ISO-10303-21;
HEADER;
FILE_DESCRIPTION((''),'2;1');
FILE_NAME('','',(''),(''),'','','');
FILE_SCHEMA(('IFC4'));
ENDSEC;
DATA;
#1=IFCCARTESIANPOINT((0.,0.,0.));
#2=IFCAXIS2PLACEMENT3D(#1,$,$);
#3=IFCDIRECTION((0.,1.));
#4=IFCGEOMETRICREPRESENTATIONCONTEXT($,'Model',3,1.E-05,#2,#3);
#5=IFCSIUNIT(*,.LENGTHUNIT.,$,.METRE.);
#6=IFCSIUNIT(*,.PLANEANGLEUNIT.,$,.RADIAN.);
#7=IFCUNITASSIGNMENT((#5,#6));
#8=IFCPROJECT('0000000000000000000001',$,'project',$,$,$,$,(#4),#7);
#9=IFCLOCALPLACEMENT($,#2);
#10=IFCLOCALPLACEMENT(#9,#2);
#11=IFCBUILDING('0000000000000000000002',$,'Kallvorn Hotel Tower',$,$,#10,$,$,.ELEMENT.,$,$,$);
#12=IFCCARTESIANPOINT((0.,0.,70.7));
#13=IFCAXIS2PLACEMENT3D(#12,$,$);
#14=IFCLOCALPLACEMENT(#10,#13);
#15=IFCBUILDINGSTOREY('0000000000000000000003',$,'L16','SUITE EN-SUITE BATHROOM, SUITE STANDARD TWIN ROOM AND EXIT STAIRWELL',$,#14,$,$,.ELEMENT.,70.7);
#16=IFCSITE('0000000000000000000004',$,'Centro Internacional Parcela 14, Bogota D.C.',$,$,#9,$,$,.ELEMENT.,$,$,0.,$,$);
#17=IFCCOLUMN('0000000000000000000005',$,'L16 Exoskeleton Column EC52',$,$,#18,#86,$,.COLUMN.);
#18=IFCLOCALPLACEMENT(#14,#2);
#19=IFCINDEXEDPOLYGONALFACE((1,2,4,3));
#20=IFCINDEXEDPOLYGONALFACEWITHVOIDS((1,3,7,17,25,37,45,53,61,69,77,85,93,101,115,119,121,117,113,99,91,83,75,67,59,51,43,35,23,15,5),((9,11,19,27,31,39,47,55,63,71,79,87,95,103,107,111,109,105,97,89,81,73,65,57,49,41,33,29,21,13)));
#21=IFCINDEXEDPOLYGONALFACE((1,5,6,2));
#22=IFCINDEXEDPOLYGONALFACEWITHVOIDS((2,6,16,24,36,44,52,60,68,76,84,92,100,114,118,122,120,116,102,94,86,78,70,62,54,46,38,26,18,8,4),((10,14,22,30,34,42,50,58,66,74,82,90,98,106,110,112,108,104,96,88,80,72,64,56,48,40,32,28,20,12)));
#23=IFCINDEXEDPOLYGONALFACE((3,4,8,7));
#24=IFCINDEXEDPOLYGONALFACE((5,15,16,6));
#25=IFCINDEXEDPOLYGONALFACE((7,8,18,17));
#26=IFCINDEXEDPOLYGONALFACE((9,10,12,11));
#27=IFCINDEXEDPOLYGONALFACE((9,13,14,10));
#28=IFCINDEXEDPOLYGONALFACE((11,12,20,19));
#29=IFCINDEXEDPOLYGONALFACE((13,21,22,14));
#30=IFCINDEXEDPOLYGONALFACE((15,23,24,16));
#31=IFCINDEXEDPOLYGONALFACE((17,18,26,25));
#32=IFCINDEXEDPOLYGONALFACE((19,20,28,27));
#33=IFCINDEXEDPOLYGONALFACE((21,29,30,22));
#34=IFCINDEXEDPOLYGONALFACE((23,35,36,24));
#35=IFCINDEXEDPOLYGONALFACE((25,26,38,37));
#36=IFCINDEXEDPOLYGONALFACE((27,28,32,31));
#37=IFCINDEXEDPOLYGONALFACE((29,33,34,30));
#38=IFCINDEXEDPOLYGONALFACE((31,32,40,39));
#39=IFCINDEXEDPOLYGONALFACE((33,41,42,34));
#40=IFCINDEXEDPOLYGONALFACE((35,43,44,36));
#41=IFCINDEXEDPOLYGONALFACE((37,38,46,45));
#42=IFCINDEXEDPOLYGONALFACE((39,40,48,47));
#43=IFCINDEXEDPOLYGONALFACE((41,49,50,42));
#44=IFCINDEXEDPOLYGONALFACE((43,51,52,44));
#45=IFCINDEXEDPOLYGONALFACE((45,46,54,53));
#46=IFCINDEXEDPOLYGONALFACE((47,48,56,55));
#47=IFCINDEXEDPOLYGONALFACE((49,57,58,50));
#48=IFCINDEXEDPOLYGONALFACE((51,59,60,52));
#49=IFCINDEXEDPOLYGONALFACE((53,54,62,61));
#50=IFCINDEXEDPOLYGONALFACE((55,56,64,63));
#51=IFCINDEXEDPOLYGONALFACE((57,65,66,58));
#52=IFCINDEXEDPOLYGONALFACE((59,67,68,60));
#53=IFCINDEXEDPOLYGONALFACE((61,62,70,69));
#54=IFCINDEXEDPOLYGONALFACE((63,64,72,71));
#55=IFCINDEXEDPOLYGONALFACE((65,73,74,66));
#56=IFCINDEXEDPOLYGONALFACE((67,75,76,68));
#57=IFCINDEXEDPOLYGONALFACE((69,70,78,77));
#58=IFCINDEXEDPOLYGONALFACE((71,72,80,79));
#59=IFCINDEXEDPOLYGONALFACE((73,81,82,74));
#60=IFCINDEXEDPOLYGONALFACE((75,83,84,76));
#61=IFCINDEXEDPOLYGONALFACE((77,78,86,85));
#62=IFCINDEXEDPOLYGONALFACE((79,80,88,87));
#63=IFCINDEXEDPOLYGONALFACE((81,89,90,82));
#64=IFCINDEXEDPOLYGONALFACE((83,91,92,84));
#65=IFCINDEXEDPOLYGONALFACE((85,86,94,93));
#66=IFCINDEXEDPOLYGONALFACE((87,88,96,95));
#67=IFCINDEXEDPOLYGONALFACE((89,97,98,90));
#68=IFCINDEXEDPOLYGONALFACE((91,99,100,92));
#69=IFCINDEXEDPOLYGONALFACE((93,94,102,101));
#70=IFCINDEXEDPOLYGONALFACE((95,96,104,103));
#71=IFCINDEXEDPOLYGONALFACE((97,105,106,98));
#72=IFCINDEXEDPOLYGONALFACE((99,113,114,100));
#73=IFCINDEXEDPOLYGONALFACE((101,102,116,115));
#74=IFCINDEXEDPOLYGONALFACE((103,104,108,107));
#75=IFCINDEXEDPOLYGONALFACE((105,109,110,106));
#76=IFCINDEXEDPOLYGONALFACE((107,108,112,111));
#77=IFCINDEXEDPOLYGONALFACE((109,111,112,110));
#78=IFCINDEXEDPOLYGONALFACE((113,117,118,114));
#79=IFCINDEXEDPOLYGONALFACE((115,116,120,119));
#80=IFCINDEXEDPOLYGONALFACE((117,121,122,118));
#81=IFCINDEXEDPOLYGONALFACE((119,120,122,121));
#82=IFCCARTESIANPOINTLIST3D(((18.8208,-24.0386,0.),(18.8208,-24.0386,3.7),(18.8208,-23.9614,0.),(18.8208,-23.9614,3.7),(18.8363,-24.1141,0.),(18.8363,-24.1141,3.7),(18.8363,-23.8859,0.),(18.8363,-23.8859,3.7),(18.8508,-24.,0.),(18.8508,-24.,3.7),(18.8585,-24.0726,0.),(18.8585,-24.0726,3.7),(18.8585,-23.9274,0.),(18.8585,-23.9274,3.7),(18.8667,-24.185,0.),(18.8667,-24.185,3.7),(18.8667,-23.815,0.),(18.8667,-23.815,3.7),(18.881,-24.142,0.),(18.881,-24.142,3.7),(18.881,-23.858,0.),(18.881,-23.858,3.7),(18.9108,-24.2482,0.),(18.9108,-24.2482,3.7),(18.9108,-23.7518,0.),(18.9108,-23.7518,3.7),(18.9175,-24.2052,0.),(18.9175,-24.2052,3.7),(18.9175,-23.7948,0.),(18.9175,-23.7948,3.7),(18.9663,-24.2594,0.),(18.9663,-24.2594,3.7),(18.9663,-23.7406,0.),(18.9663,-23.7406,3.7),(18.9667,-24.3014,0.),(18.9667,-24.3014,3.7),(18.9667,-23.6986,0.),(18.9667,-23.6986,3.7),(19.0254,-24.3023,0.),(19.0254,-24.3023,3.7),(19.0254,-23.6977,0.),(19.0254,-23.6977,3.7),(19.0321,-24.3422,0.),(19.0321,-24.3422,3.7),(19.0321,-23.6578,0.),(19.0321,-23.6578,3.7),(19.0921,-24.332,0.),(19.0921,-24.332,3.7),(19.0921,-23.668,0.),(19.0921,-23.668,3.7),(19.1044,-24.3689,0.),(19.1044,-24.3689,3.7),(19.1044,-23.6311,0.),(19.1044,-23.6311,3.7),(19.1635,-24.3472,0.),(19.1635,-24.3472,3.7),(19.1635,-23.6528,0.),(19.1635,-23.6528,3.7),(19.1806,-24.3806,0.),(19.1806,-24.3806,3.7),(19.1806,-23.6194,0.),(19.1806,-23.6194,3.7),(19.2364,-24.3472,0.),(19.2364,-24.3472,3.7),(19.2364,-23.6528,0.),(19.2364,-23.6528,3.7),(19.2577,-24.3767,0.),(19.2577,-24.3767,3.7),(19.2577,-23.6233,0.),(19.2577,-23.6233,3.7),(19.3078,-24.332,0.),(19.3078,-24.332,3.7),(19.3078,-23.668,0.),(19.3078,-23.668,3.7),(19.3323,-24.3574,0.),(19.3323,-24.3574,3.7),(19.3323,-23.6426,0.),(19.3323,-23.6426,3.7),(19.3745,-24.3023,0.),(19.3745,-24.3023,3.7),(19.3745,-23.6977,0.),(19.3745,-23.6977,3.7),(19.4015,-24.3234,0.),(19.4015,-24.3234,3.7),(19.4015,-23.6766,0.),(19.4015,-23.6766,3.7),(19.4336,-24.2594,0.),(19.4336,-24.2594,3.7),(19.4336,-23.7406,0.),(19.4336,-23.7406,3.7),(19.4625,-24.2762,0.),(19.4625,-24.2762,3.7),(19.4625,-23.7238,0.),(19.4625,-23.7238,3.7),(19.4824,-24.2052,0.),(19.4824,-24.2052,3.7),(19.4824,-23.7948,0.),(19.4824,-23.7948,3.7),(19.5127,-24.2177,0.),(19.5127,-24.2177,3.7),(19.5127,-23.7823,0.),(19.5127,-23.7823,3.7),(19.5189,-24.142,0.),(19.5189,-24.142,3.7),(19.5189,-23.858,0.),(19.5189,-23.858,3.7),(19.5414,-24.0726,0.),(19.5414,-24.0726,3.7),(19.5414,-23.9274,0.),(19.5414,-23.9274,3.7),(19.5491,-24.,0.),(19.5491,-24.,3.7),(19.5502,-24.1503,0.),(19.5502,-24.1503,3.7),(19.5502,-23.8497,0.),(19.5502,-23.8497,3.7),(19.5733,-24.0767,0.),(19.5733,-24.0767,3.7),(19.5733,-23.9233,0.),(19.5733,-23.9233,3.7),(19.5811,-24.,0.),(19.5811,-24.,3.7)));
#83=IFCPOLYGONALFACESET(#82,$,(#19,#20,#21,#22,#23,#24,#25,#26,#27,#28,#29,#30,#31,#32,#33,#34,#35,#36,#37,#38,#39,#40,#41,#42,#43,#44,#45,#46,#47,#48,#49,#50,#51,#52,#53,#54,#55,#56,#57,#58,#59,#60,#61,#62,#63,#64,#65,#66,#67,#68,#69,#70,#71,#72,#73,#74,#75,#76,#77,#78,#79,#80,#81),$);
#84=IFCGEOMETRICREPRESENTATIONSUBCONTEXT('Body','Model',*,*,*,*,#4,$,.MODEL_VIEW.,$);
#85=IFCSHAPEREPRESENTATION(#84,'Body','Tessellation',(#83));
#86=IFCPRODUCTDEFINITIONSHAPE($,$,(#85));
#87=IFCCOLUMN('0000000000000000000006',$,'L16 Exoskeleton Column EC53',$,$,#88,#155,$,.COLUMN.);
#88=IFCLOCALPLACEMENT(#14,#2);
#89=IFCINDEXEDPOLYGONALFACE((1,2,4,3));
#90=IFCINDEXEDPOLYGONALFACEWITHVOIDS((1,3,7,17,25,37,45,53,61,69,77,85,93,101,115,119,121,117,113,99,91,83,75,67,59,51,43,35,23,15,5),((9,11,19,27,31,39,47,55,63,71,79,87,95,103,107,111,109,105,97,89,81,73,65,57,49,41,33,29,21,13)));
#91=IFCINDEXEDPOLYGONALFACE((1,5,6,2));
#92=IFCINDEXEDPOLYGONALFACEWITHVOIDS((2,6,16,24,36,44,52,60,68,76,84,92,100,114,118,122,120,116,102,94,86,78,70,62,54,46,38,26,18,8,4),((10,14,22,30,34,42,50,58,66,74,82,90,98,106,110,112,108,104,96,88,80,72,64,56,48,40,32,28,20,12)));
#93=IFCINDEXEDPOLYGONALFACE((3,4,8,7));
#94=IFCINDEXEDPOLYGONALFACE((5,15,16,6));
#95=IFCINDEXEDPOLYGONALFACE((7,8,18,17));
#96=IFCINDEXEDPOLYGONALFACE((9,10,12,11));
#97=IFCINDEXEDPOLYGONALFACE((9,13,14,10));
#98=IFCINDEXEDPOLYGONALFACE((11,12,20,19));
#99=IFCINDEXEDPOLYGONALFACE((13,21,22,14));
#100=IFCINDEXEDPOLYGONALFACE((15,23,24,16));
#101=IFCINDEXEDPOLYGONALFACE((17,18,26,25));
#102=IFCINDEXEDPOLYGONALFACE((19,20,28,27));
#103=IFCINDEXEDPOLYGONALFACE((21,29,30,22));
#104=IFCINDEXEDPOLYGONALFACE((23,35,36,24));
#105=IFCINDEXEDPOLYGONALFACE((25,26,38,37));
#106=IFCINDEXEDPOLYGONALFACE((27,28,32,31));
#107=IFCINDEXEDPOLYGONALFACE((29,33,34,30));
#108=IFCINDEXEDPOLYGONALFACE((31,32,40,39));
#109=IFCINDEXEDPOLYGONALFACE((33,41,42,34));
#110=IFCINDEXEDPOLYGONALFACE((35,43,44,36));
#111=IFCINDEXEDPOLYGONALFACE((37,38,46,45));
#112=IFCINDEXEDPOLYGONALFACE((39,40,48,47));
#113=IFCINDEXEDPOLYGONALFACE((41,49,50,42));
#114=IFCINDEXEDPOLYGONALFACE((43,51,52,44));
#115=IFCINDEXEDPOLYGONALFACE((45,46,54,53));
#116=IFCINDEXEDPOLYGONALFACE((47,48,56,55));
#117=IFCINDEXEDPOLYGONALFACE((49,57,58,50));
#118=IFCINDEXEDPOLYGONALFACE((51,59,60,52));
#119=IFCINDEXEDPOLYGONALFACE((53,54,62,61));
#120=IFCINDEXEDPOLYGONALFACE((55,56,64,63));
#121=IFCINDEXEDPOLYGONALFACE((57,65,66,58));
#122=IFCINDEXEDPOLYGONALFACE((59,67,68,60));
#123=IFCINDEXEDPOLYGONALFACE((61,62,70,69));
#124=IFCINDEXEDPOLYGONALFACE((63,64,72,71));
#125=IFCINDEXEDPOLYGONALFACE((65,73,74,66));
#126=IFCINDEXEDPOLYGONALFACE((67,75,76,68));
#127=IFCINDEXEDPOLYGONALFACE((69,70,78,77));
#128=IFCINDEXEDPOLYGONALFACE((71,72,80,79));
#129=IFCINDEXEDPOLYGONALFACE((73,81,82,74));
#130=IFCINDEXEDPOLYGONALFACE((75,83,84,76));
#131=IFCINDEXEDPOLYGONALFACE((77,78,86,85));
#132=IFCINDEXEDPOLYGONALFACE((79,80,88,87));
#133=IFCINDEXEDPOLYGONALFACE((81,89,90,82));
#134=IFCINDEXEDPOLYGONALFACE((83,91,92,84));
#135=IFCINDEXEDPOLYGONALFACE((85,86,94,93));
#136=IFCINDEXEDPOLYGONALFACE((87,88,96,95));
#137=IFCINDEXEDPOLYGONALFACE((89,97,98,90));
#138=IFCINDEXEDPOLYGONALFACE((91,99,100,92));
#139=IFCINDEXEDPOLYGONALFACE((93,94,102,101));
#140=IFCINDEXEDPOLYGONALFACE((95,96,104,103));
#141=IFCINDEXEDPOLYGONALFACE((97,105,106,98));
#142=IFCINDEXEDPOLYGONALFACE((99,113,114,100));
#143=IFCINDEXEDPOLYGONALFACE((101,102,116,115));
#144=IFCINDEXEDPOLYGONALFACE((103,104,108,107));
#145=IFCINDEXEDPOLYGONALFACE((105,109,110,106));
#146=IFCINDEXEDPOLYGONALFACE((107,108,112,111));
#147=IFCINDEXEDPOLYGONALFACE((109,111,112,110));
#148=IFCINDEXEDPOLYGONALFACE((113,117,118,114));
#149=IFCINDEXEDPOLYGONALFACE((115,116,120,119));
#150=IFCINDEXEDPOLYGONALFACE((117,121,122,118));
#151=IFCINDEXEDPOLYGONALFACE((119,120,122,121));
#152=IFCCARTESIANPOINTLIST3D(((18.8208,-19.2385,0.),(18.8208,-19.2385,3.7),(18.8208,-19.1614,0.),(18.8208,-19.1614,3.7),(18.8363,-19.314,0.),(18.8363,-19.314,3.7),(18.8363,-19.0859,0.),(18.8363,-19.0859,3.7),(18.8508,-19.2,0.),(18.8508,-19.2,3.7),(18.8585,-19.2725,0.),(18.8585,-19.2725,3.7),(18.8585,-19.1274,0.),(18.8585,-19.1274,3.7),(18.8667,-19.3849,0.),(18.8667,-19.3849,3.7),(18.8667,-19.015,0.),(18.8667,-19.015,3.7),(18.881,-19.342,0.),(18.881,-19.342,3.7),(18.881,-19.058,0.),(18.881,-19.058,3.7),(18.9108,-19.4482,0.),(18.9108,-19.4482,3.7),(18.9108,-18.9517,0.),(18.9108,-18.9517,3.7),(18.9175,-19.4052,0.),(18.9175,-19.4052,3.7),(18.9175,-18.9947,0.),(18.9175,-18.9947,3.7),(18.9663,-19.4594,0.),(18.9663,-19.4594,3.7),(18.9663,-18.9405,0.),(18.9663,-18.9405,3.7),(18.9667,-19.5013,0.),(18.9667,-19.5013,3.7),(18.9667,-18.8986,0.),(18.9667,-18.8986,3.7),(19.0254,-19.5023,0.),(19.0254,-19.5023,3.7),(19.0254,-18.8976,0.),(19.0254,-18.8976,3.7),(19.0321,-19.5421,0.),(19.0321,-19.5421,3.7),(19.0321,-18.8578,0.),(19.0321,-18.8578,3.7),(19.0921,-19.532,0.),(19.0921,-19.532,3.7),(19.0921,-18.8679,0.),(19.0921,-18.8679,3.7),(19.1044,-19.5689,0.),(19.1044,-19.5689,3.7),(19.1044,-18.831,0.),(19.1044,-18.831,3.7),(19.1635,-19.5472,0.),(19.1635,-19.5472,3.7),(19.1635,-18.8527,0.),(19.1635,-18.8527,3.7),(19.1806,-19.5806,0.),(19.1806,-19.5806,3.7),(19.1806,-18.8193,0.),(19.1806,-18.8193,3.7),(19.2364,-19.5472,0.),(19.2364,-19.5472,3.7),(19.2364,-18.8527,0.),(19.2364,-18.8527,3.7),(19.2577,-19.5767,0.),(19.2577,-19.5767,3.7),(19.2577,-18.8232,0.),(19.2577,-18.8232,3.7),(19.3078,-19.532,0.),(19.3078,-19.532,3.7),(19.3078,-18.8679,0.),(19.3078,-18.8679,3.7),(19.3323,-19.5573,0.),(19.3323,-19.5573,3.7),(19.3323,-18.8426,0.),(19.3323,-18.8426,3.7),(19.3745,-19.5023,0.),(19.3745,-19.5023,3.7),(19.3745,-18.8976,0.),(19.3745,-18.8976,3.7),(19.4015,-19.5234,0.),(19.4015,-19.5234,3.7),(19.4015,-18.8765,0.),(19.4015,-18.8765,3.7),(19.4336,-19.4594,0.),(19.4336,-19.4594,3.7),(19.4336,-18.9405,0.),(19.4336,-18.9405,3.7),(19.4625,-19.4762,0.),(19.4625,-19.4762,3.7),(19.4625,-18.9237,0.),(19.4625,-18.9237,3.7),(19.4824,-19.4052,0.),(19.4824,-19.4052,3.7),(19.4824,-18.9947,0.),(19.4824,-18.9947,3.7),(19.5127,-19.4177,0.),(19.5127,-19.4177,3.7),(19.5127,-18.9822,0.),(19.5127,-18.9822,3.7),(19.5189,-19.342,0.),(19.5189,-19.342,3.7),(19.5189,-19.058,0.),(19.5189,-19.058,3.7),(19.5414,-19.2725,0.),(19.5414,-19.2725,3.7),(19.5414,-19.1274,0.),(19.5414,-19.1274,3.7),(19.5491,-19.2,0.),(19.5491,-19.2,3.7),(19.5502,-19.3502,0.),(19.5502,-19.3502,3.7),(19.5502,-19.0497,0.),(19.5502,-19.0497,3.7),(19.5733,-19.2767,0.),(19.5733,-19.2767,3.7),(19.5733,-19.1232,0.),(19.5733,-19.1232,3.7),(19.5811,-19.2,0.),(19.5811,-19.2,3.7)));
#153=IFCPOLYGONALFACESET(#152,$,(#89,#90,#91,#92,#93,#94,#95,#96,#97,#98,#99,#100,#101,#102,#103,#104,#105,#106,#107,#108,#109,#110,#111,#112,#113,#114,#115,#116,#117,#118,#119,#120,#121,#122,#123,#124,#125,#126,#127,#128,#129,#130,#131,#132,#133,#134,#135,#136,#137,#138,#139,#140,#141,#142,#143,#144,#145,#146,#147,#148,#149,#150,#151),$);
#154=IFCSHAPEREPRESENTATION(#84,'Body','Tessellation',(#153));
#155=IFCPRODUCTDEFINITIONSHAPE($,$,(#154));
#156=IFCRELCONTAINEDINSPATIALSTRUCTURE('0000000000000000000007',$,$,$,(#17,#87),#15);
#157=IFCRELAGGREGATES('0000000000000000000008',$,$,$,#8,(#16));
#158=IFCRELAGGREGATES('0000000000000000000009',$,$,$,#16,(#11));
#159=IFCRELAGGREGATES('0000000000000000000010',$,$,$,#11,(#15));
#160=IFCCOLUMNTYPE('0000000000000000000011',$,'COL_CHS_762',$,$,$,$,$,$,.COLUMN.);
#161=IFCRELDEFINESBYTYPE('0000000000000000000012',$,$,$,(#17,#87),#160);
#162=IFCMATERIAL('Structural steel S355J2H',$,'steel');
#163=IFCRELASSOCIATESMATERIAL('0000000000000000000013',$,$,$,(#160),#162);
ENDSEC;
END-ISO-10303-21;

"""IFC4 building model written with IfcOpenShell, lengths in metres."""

from ifc_helpers import new_model, si_unit, direction, frame, origin, origin_2d, place, context, subcontext, project, spatial, hollow_circle, extrude, material, material_profile, profile_set, type_object, element, save


model = new_model("IFC4")

# Units and contexts
model_context = context("Model", 3, precision=1e-05, world=origin(), true_north=direction((0.0, 1.0)))
body_context = subcontext(model_context, "Body", "Model", "MODEL_VIEW")
ifc_project = project(units=[si_unit("LENGTHUNIT", "METRE"), si_unit("PLANEANGLEUNIT", "RADIAN")], contexts=[model_context])

# Site, building, storey
site_placement = place(None, origin())
site = spatial("IfcSite", under=ifc_project, at=site_placement, Name="Centro Internacional Parcela 14, Bogota D.C.", CompositionType="ELEMENT", RefElevation=0.0)
building_placement = place(site_placement, origin())
building = spatial("IfcBuilding", under=site, at=building_placement, Name="Kallvorn Hotel Tower", CompositionType="ELEMENT")
storey_placement = place(building_placement, frame((0.0, 0.0, 70.7)))
storey = spatial("IfcBuildingStorey", under=building, at=storey_placement, Name="L16", Description="SUITE EN-SUITE BATHROOM, SUITE STANDARD TWIN ROOM AND EXIT STAIRWELL", CompositionType="ELEMENT", Elevation=70.7)

# Columns
ifc_material_1 = material(Name="Structural steel S355J2H", Category="steel")
ifc_material_profile_1 = material_profile(ifc_material_1, hollow_circle(Radius=0.3811, WallThickness=0.032, at=origin_2d()), Name="CHS 762x32")
ifc_profile_set_1 = profile_set([ifc_material_profile_1], Name="Structural steel S355J2H")
column_type = type_object("IfcColumnType", Name="COL_CHS_762", PredefinedType="COLUMN", material=ifc_profile_set_1)
for number, where, z_axis, x_axis, name in (
    (1, (19.2, -24.0, 0.0), (0.0, 0.0, 1.0), (1.0, 0.0, 0.0), "L16 Exoskeleton Column EC52"),
    (2, (19.2, -19.2, 0.0), (0.0, 0.0, 1.0), (1.0, 0.0, 0.0), "L16 Exoskeleton Column EC53"),
):
    element("IfcColumn", number, at=place(storey_placement, frame(where, z_axis=z_axis, x_axis=x_axis)), inside=storey, type_object=column_type, Name=name, PredefinedType="COLUMN", context=body_context, shape_type="SweptSolid", body=[
        extrude(hollow_circle(Radius=0.3811, WallThickness=0.032, at=origin_2d()), origin(), (0.0, 0.0, 1.0), 3.7),
    ])

save(model, "model.ifc")
